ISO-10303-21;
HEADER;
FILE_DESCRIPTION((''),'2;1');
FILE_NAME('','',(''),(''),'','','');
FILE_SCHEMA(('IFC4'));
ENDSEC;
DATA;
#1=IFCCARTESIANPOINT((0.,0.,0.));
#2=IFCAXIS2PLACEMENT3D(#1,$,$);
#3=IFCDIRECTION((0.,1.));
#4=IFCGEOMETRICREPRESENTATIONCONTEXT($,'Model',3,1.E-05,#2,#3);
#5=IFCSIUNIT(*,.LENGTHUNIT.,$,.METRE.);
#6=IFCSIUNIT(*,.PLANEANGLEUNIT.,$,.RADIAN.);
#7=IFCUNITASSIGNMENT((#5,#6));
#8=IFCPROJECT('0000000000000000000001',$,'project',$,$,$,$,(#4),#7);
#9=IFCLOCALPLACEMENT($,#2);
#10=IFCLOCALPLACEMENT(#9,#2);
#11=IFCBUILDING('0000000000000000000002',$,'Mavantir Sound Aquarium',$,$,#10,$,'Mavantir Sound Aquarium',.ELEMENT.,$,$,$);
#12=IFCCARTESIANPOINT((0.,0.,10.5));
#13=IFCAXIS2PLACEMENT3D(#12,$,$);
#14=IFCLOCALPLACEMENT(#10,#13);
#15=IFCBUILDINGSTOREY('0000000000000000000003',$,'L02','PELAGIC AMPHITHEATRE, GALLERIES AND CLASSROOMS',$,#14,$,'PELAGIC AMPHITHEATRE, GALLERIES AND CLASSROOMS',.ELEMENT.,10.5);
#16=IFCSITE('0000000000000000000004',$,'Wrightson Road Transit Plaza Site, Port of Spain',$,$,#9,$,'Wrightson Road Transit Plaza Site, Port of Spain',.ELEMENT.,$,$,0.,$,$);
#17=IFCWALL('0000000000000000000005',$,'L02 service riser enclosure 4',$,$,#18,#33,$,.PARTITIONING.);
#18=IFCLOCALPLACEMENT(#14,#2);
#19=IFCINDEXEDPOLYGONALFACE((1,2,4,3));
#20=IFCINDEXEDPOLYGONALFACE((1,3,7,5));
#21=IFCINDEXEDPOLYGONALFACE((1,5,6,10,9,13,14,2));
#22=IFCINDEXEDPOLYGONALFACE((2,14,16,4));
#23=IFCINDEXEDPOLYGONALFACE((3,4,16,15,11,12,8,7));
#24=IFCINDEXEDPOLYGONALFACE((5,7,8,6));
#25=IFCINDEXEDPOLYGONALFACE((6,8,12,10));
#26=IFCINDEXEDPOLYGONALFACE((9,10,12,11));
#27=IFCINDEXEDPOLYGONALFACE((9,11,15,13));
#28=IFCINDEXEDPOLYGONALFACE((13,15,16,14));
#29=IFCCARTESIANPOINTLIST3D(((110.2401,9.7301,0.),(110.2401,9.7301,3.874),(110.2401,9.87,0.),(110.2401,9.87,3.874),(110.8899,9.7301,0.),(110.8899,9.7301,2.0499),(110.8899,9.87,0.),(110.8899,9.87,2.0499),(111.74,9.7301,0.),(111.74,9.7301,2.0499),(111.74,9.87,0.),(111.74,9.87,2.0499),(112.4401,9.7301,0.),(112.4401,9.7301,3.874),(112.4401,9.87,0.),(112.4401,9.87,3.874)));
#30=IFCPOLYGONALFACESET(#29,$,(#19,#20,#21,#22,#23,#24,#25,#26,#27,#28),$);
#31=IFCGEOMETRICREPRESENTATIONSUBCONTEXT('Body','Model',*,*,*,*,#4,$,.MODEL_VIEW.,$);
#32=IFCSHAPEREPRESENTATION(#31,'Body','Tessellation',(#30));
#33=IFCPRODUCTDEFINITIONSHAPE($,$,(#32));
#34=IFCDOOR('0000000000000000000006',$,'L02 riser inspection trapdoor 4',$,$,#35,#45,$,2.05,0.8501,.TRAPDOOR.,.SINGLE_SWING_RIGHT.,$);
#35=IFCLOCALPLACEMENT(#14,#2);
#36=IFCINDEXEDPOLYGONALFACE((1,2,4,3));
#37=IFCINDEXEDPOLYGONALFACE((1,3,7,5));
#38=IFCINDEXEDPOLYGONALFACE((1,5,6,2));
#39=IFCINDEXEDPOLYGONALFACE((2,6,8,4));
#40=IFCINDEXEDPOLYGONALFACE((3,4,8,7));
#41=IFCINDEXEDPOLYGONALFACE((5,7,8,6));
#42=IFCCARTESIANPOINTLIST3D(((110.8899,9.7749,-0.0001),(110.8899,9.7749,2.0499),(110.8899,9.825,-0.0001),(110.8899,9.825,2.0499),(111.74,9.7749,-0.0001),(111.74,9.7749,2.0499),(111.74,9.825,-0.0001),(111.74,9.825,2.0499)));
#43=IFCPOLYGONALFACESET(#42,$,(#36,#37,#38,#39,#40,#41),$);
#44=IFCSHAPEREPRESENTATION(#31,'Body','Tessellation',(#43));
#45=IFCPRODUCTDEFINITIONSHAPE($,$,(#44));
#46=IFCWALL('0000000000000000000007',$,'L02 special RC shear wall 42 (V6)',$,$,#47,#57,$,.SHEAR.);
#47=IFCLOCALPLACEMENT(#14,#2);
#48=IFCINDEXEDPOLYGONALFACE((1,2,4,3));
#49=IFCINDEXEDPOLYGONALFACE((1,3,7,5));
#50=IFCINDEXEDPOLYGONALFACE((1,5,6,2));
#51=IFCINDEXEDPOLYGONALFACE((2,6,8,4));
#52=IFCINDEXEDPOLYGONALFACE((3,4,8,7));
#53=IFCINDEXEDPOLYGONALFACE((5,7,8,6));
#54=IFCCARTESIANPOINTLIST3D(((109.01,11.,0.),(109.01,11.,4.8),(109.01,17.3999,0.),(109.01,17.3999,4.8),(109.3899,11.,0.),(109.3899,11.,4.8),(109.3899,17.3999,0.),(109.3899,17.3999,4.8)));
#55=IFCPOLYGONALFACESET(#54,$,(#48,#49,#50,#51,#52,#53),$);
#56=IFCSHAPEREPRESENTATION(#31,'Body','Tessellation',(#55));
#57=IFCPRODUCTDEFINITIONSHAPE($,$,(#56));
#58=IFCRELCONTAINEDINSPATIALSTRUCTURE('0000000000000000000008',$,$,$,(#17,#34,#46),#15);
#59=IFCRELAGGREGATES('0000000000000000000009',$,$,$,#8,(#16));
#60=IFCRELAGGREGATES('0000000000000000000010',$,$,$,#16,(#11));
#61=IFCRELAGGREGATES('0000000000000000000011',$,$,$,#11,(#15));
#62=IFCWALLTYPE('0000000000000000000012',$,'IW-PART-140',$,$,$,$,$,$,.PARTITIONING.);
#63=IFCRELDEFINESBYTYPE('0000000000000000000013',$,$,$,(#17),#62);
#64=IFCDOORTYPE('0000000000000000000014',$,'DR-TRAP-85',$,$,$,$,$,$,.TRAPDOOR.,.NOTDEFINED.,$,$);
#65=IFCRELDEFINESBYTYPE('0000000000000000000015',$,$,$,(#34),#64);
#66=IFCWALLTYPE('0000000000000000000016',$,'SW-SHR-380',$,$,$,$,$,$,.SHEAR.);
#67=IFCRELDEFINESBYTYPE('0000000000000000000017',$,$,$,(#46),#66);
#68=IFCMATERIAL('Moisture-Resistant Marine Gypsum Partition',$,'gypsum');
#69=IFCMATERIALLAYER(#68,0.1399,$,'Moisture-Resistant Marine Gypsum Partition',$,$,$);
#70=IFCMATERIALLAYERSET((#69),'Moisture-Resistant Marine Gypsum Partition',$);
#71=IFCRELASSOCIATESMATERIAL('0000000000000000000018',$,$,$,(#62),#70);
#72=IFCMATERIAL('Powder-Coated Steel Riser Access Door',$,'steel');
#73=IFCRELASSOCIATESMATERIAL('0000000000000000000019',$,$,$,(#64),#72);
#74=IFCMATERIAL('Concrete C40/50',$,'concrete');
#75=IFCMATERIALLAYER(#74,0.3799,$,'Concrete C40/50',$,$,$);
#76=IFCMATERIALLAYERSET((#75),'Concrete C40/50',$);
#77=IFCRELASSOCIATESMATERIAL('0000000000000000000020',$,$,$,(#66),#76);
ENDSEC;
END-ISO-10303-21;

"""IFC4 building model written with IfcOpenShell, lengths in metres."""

from ifc_helpers import new_model, si_unit, direction, frame, frame_2d, origin, place, context, subcontext, project, spatial, rectangle, extrude, material, layer, layer_set, type_object, element, fill, save


model = new_model("IFC4")

# Units and contexts
model_context = context("Model", 3, precision=1e-05, world=origin(), true_north=direction((0.0, 1.0)))
body_context = subcontext(model_context, "Body", "Model", "MODEL_VIEW")
ifc_project = project(units=[si_unit("LENGTHUNIT", "METRE"), si_unit("PLANEANGLEUNIT", "RADIAN")], contexts=[model_context])

# Site, building, storey
site_placement = place(None, origin())
site = spatial("IfcSite", under=ifc_project, at=site_placement, Name="Wrightson Road Transit Plaza Site, Port of Spain", LongName="Wrightson Road Transit Plaza Site, Port of Spain", CompositionType="ELEMENT", RefElevation=0.0)
building_placement = place(site_placement, origin())
building = spatial("IfcBuilding", under=site, at=building_placement, Name="Mavantir Sound Aquarium", LongName="Mavantir Sound Aquarium", CompositionType="ELEMENT")
storey_placement = place(building_placement, frame((0.0, 0.0, 10.5)))
storey = spatial("IfcBuildingStorey", under=building, at=storey_placement, Name="L02", Description="PELAGIC AMPHITHEATRE, GALLERIES AND CLASSROOMS", LongName="PELAGIC AMPHITHEATRE, GALLERIES AND CLASSROOMS", CompositionType="ELEMENT", Elevation=10.5)

# Shared definitions
ifc_material_1 = material(Name="Concrete C40/50", Category="concrete")

# Wall, opening, door
ifc_material_2 = material(Name="Moisture-Resistant Marine Gypsum Partition", Category="gypsum")
ifc_layer_1 = layer(ifc_material_2, 0.1399, Name="Moisture-Resistant Marine Gypsum Partition")
ifc_layer_set_1 = layer_set([ifc_layer_1], Name="Moisture-Resistant Marine Gypsum Partition")
wall_type_1 = type_object("IfcWallType", Name="IW-PART-140", PredefinedType="PARTITIONING", material=ifc_layer_set_1)
wall_1_placement = place(storey_placement, frame((110.24, 9.8, 0.0), z_axis=(0.0, 0.0, 1.0), x_axis=(1.0, 0.0, 0.0)))
wall_1 = element("IfcWall", 1, at=wall_1_placement, inside=storey, type_object=wall_type_1, Name="L02 service riser enclosure 4", PredefinedType="PARTITIONING", context=body_context, shape_type="SweptSolid", body=[
    extrude(rectangle(XDim=2.2, YDim=0.1399, at=frame_2d((1.1001, 0.0))), origin(), (0.0, 0.0, 1.0), 3.874),
])
opening_1_placement = place(wall_1_placement, frame((0.6499, 0.0, 0.0)))
opening_1 = element("IfcOpeningElement", 2, at=opening_1_placement, cuts=wall_1, PredefinedType="OPENING", context=body_context, shape_type="SweptSolid", body=[
    extrude(rectangle(XDim=0.8501, YDim=2.05, at=frame_2d((0.425, 1.0249))), frame((0.0, 0.0801, 0.0), z_axis=(0.0, -1.0, 0.0), x_axis=(1.0, 0.0, 0.0)), (0.0, 0.0, 1.0), 0.1599),
])
ifc_material_3 = material(Name="Powder-Coated Steel Riser Access Door", Category="steel")
door_type = type_object("IfcDoorType", Name="DR-TRAP-85", OperationType="NOTDEFINED", PredefinedType="TRAPDOOR", material=ifc_material_3)
door_placement = place(opening_1_placement, origin())
door = element("IfcDoor", 3, at=door_placement, inside=storey, type_object=door_type, Name="L02 riser inspection trapdoor 4", OperationType="SINGLE_SWING_RIGHT", OverallHeight=2.05, OverallWidth=0.8501, PredefinedType="TRAPDOOR", context=body_context, shape_type="SweptSolid", body=[
    extrude(rectangle(XDim=0.8501, YDim=2.05, at=frame_2d((0.425, 1.0249))), frame((0.0, 0.0249, 0.0), z_axis=(0.0, -1.0, 0.0), x_axis=(1.0, 0.0, 0.0)), (0.0, 0.0, 1.0), 0.05),
])
fill(opening_1, door)

# Wall
ifc_layer_2 = layer(ifc_material_1, 0.3799, Name="Concrete C40/50")
ifc_layer_set_2 = layer_set([ifc_layer_2], Name="Concrete C40/50")
wall_type_2 = type_object("IfcWallType", Name="SW-SHR-380", PredefinedType="SHEAR", material=ifc_layer_set_2)
wall_2_placement = place(storey_placement, frame((109.2, 11.0, 0.0), z_axis=(0.0, 0.0, 1.0), x_axis=(0.0, 1.0, 0.0)))
element("IfcWall", 4, at=wall_2_placement, inside=storey, type_object=wall_type_2, Name="L02 special RC shear wall 42 (V6)", PredefinedType="SHEAR", context=body_context, shape_type="SweptSolid", body=[
    extrude(rectangle(XDim=6.3999, YDim=0.3799, at=frame_2d((3.2, 0.0))), origin(), (0.0, 0.0, 1.0), 4.8),
])

save(model, "model.ifc")
